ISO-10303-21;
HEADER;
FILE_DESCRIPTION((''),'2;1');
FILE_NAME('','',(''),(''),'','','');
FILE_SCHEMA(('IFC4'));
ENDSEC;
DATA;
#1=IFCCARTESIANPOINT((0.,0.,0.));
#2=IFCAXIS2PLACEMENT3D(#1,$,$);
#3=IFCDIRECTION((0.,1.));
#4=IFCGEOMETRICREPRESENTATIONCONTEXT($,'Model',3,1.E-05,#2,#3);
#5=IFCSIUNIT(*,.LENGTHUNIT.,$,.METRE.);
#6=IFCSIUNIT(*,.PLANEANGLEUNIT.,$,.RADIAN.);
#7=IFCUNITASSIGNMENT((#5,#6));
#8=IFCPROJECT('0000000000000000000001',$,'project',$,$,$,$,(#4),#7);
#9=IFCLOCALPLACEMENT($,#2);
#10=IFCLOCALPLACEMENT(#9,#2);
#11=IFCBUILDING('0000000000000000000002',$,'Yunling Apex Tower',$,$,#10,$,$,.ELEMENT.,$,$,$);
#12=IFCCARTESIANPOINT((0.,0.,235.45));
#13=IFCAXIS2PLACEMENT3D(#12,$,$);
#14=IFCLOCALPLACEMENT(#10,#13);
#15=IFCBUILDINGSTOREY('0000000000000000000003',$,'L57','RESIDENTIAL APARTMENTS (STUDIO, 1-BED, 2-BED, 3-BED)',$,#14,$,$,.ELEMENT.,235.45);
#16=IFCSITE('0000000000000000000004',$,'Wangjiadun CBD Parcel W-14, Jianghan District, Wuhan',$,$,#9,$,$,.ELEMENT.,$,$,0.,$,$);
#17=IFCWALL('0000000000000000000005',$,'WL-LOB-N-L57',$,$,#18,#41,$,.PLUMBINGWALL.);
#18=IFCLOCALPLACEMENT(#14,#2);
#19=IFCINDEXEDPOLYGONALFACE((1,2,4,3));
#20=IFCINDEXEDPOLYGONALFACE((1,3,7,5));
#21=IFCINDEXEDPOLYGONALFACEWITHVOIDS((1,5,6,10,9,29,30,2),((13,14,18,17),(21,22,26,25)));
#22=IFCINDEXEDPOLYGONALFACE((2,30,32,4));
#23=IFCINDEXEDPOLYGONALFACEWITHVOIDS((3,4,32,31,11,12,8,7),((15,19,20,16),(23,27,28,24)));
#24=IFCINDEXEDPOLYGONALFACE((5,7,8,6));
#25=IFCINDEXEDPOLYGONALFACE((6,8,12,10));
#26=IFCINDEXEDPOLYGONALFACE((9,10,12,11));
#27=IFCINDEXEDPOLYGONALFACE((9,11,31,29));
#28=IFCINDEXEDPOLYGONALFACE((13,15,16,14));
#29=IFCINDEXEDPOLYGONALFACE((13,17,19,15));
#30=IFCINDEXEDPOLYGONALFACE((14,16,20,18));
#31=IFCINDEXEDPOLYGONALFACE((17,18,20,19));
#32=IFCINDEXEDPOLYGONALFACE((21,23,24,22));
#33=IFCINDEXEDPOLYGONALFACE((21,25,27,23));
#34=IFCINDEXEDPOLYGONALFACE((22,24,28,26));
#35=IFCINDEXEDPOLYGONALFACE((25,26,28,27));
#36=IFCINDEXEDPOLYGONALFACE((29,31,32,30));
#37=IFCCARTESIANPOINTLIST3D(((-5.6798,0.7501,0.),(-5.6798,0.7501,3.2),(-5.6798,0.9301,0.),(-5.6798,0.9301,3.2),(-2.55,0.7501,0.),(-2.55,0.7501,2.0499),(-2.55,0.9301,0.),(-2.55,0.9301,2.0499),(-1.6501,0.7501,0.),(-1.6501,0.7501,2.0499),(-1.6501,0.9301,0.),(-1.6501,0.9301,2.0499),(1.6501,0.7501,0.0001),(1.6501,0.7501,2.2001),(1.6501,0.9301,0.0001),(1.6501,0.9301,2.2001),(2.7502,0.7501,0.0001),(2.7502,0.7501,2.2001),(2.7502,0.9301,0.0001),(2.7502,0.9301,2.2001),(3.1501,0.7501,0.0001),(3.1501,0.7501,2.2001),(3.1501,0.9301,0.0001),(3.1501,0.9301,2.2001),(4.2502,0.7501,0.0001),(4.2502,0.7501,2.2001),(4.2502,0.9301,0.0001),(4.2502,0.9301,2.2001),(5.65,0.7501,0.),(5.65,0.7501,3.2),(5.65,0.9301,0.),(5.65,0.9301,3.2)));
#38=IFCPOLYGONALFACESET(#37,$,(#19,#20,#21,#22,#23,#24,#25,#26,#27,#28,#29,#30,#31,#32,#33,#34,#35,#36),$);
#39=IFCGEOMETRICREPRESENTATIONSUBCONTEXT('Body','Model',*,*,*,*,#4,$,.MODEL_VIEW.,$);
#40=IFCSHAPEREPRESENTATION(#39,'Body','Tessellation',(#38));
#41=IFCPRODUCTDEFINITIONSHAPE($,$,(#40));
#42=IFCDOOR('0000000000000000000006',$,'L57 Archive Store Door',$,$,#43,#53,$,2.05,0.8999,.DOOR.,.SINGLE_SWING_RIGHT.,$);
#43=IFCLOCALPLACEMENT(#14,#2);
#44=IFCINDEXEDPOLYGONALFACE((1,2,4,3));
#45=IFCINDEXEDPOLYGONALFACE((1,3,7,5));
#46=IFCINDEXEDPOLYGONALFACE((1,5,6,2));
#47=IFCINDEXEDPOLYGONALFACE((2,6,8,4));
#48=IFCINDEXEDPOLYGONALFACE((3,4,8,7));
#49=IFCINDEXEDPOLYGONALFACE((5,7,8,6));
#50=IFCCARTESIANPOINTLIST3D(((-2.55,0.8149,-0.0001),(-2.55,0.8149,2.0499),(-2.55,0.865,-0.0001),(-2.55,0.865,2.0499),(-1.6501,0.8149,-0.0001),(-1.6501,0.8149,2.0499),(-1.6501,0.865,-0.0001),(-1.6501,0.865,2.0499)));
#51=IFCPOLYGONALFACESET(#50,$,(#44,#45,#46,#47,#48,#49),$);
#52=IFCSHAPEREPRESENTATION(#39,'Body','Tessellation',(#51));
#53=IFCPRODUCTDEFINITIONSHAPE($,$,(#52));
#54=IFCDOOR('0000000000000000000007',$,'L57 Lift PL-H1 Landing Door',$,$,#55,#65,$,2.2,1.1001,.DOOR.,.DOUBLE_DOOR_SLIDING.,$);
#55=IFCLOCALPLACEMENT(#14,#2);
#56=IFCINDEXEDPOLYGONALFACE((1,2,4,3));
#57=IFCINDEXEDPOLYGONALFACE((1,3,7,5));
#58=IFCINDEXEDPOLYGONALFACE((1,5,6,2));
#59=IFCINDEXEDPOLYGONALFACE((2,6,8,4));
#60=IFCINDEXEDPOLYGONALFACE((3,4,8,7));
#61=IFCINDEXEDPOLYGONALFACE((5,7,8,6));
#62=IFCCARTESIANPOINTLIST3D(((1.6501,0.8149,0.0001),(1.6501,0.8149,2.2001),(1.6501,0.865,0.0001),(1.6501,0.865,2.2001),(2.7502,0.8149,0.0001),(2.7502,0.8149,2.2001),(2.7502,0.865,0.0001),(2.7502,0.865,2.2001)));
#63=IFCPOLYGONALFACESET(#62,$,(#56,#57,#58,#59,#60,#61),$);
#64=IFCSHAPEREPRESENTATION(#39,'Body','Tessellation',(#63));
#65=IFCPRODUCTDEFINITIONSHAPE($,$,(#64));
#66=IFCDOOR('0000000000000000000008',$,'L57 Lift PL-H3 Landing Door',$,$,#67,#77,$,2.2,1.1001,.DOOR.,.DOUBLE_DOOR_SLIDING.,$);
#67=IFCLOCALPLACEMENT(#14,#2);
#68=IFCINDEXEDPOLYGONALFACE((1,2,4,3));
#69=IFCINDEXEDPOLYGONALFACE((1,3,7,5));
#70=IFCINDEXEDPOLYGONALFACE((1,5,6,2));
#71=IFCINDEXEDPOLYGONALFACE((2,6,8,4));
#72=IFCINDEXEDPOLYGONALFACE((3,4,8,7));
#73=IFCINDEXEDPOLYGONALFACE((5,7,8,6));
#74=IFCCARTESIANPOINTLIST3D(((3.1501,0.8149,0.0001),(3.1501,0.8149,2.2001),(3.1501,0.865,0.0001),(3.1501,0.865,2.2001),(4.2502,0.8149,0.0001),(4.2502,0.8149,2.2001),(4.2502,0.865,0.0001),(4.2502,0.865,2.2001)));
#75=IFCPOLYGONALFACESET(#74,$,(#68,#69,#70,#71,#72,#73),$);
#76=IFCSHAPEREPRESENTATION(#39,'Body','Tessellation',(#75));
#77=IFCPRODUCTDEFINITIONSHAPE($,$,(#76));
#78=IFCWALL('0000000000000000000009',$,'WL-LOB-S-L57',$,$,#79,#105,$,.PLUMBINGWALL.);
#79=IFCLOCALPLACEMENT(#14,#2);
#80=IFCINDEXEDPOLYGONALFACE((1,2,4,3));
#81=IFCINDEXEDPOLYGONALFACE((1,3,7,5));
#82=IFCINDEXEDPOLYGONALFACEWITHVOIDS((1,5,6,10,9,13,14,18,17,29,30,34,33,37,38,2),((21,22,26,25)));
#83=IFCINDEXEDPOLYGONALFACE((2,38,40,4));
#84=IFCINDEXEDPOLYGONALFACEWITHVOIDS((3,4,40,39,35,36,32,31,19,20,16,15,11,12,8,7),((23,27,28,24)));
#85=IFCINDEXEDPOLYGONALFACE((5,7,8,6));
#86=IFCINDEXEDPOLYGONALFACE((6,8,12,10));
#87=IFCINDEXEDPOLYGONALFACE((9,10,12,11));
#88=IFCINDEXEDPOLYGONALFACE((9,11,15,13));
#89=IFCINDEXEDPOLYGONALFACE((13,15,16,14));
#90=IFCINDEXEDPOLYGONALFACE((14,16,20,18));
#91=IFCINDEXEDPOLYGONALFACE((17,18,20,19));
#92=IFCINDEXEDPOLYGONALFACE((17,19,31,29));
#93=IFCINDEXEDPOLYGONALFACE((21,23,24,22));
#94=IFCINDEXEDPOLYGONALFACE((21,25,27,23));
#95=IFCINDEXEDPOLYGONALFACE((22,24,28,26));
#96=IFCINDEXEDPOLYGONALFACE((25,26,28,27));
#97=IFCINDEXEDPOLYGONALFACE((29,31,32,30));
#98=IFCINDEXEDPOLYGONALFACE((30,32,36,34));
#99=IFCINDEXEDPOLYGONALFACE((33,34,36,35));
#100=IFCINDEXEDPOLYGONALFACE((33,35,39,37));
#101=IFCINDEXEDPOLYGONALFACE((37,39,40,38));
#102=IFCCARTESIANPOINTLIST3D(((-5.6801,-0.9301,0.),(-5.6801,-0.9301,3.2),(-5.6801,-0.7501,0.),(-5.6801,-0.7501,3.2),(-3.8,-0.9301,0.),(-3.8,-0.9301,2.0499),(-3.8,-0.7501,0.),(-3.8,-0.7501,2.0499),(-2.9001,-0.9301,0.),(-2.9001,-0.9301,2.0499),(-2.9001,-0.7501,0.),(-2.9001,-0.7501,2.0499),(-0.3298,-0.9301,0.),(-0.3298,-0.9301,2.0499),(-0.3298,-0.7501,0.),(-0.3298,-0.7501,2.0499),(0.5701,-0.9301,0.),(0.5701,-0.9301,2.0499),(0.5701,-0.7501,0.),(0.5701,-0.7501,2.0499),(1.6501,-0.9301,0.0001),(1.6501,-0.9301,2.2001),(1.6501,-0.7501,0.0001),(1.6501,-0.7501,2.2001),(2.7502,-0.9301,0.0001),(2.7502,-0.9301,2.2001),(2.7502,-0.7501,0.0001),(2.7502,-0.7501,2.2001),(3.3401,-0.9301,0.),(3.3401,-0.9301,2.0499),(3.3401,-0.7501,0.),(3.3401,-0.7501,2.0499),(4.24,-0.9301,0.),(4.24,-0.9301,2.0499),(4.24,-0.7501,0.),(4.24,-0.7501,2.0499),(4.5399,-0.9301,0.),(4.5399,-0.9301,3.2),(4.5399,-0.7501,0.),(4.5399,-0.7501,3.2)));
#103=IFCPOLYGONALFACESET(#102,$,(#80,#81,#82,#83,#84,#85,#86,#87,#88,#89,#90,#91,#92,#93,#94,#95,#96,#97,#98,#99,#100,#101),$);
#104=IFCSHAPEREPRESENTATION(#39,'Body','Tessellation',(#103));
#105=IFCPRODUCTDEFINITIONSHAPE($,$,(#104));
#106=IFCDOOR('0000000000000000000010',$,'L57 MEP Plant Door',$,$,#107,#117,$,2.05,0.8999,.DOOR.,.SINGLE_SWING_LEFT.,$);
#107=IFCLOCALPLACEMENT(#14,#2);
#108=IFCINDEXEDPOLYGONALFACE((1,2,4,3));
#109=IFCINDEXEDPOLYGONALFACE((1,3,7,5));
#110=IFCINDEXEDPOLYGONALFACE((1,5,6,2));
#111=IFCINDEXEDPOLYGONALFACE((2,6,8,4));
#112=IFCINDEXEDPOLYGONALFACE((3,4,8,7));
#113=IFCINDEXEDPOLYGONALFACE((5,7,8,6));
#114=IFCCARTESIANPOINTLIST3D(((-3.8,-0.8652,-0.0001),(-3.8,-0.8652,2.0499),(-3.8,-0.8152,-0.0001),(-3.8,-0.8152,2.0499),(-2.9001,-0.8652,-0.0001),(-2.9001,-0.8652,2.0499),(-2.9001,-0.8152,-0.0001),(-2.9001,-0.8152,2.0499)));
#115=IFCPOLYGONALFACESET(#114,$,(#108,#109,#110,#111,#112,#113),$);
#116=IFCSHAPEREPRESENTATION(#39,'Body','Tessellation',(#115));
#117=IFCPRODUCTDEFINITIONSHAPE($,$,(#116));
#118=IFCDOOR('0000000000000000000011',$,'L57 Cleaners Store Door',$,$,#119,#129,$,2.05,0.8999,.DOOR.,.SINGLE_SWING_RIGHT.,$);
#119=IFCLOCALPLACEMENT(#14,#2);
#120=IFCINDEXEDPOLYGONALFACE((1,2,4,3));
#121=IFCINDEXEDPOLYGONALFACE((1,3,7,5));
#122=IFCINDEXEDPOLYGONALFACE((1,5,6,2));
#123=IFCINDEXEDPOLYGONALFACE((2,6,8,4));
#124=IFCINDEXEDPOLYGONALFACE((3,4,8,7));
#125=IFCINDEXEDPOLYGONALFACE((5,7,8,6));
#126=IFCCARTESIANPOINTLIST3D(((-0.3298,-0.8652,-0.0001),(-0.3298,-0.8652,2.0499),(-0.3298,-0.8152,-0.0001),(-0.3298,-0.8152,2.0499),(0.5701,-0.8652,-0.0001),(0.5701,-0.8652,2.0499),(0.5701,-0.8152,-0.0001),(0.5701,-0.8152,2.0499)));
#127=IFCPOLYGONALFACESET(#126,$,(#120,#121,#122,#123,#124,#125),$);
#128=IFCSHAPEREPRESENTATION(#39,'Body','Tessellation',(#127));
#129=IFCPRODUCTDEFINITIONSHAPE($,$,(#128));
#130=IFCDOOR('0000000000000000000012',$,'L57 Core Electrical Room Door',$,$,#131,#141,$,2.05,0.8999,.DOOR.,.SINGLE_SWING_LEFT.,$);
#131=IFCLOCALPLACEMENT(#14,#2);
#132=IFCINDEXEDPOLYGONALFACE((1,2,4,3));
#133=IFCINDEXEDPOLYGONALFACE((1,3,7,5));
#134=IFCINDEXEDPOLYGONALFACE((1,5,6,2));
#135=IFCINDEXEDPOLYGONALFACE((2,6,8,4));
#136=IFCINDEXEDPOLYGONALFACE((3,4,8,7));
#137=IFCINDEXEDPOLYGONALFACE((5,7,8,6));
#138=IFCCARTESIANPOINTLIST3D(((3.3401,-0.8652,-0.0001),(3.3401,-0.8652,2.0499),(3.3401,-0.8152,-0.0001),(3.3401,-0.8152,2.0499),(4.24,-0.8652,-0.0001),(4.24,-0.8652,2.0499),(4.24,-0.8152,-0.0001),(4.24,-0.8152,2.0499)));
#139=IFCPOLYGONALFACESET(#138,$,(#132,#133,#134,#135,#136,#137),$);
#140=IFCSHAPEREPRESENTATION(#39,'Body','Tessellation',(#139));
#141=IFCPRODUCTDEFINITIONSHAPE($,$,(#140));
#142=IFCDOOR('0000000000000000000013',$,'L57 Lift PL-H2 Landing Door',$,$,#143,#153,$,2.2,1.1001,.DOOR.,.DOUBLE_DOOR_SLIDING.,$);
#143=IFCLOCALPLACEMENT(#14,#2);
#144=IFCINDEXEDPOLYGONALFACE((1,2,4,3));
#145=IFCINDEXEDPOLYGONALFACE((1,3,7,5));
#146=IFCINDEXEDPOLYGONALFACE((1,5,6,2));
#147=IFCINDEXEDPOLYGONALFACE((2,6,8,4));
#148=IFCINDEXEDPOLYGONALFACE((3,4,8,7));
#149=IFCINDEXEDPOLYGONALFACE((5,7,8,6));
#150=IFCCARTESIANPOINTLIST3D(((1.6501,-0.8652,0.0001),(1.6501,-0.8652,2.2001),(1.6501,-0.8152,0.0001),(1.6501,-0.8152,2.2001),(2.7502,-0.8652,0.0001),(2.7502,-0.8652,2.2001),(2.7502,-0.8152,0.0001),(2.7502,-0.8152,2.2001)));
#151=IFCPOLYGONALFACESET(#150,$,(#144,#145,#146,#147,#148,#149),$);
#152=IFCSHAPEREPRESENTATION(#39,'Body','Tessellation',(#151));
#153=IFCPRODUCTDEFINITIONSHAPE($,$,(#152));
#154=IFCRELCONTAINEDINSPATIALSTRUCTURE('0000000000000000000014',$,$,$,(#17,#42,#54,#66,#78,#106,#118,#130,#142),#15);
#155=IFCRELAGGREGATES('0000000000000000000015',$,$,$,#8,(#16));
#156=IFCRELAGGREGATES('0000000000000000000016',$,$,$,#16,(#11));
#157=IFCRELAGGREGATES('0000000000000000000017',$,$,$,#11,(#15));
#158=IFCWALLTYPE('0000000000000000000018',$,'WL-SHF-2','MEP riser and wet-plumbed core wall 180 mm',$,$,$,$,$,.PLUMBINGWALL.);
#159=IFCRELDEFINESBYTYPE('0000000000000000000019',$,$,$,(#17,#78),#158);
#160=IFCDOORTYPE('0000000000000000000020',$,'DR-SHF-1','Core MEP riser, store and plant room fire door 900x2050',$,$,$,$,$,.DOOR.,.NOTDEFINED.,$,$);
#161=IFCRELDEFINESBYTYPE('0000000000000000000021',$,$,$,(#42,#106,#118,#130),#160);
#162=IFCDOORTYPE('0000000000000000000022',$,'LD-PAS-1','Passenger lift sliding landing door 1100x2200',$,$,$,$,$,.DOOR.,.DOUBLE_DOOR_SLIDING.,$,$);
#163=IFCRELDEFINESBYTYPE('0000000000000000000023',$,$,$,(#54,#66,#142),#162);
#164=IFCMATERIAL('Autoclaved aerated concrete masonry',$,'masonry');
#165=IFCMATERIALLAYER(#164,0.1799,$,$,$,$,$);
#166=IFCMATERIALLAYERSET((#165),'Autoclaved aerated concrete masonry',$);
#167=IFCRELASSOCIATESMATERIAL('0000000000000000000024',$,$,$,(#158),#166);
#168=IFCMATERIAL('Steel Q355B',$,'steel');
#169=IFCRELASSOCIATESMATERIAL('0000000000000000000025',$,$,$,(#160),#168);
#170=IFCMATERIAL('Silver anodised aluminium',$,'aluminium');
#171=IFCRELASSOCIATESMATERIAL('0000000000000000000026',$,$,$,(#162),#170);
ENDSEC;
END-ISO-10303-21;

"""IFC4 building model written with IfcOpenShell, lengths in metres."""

from ifc_helpers import new_model, si_unit, direction, frame, frame_2d, origin, place, context, subcontext, project, spatial, rectangle, extrude, material, layer, layer_set, type_object, element, fill, save


model = new_model("IFC4")

# Units and contexts
model_context = context("Model", 3, precision=1e-05, world=origin(), true_north=direction((0.0, 1.0)))
body_context = subcontext(model_context, "Body", "Model", "MODEL_VIEW")
ifc_project = project(units=[si_unit("LENGTHUNIT", "METRE"), si_unit("PLANEANGLEUNIT", "RADIAN")], contexts=[model_context])

# Site, building, storey
site_placement = place(None, origin())
site = spatial("IfcSite", under=ifc_project, at=site_placement, Name="Wangjiadun CBD Parcel W-14, Jianghan District, Wuhan", CompositionType="ELEMENT", RefElevation=0.0)
building_placement = place(site_placement, origin())
building = spatial("IfcBuilding", under=site, at=building_placement, Name="Yunling Apex Tower", CompositionType="ELEMENT")
storey_placement = place(building_placement, frame((0.0, 0.0, 235.45)))
storey = spatial("IfcBuildingStorey", under=building, at=storey_placement, Name="L57", Description="RESIDENTIAL APARTMENTS (STUDIO, 1-BED, 2-BED, 3-BED)", CompositionType="ELEMENT", Elevation=235.45)

# Shared definitions
ifc_material_1 = material(Name="Steel Q355B", Category="steel")

# Shared definitions
ifc_material_2 = material(Name="Autoclaved aerated concrete masonry", Category="masonry")

# Walls, openings, doors
ifc_layer_1 = layer(ifc_material_2, 0.1799)
ifc_layer_set_1 = layer_set([ifc_layer_1], Name="Autoclaved aerated concrete masonry")
wall_type_1 = type_object("IfcWallType", Name="WL-SHF-2", Description="MEP riser and wet-plumbed core wall 180 mm", PredefinedType="PLUMBINGWALL", material=ifc_layer_set_1)
wall_1_placement = place(storey_placement, frame((-5.6799, 0.8401, 0.0), z_axis=(0.0, 0.0, 1.0), x_axis=(1.0, 0.0, 0.0)))
wall_1 = element("IfcWall", 1, at=wall_1_placement, inside=storey, type_object=wall_type_1, Name="WL-LOB-N-L57", PredefinedType="PLUMBINGWALL", context=body_context, shape_type="SweptSolid", body=[
    extrude(rectangle(XDim=11.3298, YDim=0.1799, at=frame_2d((5.665, 0.0))), origin(), (0.0, 0.0, 1.0), 3.2),
])
opening_1_placement = place(wall_1_placement, frame((3.1299, 0.0, 0.0)))
opening_1 = element("IfcOpeningElement", 2, at=opening_1_placement, cuts=wall_1, PredefinedType="OPENING", context=body_context, shape_type="SweptSolid", body=[
    extrude(rectangle(XDim=0.8999, YDim=2.05, at=frame_2d((0.45, 1.0249))), frame((0.0, 0.1001, 0.0), z_axis=(0.0, -1.0, 0.0), x_axis=(1.0, 0.0, 0.0)), (0.0, 0.0, 1.0), 0.2),
])
opening_2_placement = place(wall_1_placement, frame((7.3301, 0.0, 0.0)))
opening_2 = element("IfcOpeningElement", 3, at=opening_2_placement, cuts=wall_1, PredefinedType="OPENING", context=body_context, shape_type="SweptSolid", body=[
    extrude(rectangle(XDim=1.1001, YDim=2.2, at=frame_2d((0.55, 1.1001))), frame((0.0, 0.1001, 0.0), z_axis=(0.0, -1.0, 0.0), x_axis=(1.0, 0.0, 0.0)), (0.0, 0.0, 1.0), 0.2),
])
opening_3_placement = place(wall_1_placement, frame((8.8301, 0.0, 0.0)))
opening_3 = element("IfcOpeningElement", 4, at=opening_3_placement, cuts=wall_1, PredefinedType="OPENING", context=body_context, shape_type="SweptSolid", body=[
    extrude(rectangle(XDim=1.1001, YDim=2.2, at=frame_2d((0.55, 1.1001))), frame((0.0, 0.1001, 0.0), z_axis=(0.0, -1.0, 0.0), x_axis=(1.0, 0.0, 0.0)), (0.0, 0.0, 1.0), 0.2),
])
door_type_1 = type_object("IfcDoorType", Name="DR-SHF-1", Description="Core MEP riser, store and plant room fire door 900x2050", OperationType="NOTDEFINED", PredefinedType="DOOR", material=ifc_material_1)
door_1_placement = place(opening_1_placement, origin())
door_1 = element("IfcDoor", 5, at=door_1_placement, inside=storey, type_object=door_type_1, Name="L57 Archive Store Door", OperationType="SINGLE_SWING_RIGHT", OverallHeight=2.05, OverallWidth=0.8999, PredefinedType="DOOR", context=body_context, shape_type="SweptSolid", body=[
    extrude(rectangle(XDim=0.8999, YDim=2.05, at=frame_2d((0.45, 1.0249))), frame((0.0, 0.0249, 0.0), z_axis=(0.0, -1.0, 0.0), x_axis=(1.0, 0.0, 0.0)), (0.0, 0.0, 1.0), 0.05),
])
fill(opening_1, door_1)
ifc_material_3 = material(Name="Silver anodised aluminium", Category="aluminium")
door_type_2 = type_object("IfcDoorType", Name="LD-PAS-1", Description="Passenger lift sliding landing door 1100x2200", OperationType="DOUBLE_DOOR_SLIDING", PredefinedType="DOOR", material=ifc_material_3)
door_2_placement = place(opening_2_placement, origin())
door_2 = element("IfcDoor", 6, at=door_2_placement, inside=storey, type_object=door_type_2, Name="L57 Lift PL-H1 Landing Door", OperationType="DOUBLE_DOOR_SLIDING", OverallHeight=2.2, OverallWidth=1.1001, PredefinedType="DOOR", context=body_context, shape_type="SweptSolid", body=[
    extrude(rectangle(XDim=1.1001, YDim=2.2, at=frame_2d((0.55, 1.1001))), frame((0.0, 0.0249, 0.0), z_axis=(0.0, -1.0, 0.0), x_axis=(1.0, 0.0, 0.0)), (0.0, 0.0, 1.0), 0.05),
])
fill(opening_2, door_2)
door_3_placement = place(opening_3_placement, origin())
door_3 = element("IfcDoor", 7, at=door_3_placement, inside=storey, type_object=door_type_2, Name="L57 Lift PL-H3 Landing Door", OperationType="DOUBLE_DOOR_SLIDING", OverallHeight=2.2, OverallWidth=1.1001, PredefinedType="DOOR", context=body_context, shape_type="SweptSolid", body=[
    extrude(rectangle(XDim=1.1001, YDim=2.2, at=frame_2d((0.55, 1.1001))), frame((0.0, 0.0249, 0.0), z_axis=(0.0, -1.0, 0.0), x_axis=(1.0, 0.0, 0.0)), (0.0, 0.0, 1.0), 0.05),
])
fill(opening_3, door_3)
wall_2_placement = place(storey_placement, frame((-5.6799, -0.8401, 0.0), z_axis=(0.0, 0.0, 1.0), x_axis=(1.0, 0.0, 0.0)))
wall_2 = element("IfcWall", 8, at=wall_2_placement, inside=storey, type_object=wall_type_1, Name="WL-LOB-S-L57", PredefinedType="PLUMBINGWALL", context=body_context, shape_type="SweptSolid", body=[
    extrude(rectangle(XDim=10.22, YDim=0.1799, at=frame_2d((5.1099, 0.0))), origin(), (0.0, 0.0, 1.0), 3.2),
])
opening_4_placement = place(wall_2_placement, frame((1.8799, 0.0, 0.0)))
opening_4 = element("IfcOpeningElement", 9, at=opening_4_placement, cuts=wall_2, PredefinedType="OPENING", context=body_context, shape_type="SweptSolid", body=[
    extrude(rectangle(XDim=0.8999, YDim=2.05, at=frame_2d((0.45, 1.0249))), frame((0.0, 0.1001, 0.0), z_axis=(0.0, -1.0, 0.0), x_axis=(1.0, 0.0, 0.0)), (0.0, 0.0, 1.0), 0.2),
])
opening_5_placement = place(wall_2_placement, frame((5.3501, 0.0, 0.0)))
opening_5 = element("IfcOpeningElement", 10, at=opening_5_placement, cuts=wall_2, PredefinedType="OPENING", context=body_context, shape_type="SweptSolid", body=[
    extrude(rectangle(XDim=0.8999, YDim=2.05, at=frame_2d((0.45, 1.0249))), frame((0.0, 0.1001, 0.0), z_axis=(0.0, -1.0, 0.0), x_axis=(1.0, 0.0, 0.0)), (0.0, 0.0, 1.0), 0.2),
])
opening_6_placement = place(wall_2_placement, frame((7.3301, 0.0, 0.0)))
opening_6 = element("IfcOpeningElement", 11, at=opening_6_placement, cuts=wall_2, PredefinedType="OPENING", context=body_context, shape_type="SweptSolid", body=[
    extrude(rectangle(XDim=1.1001, YDim=2.2, at=frame_2d((0.55, 1.1001))), frame((0.0, 0.1001, 0.0), z_axis=(0.0, -1.0, 0.0), x_axis=(1.0, 0.0, 0.0)), (0.0, 0.0, 1.0), 0.2),
])
opening_7_placement = place(wall_2_placement, frame((9.02, 0.0, 0.0)))
opening_7 = element("IfcOpeningElement", 12, at=opening_7_placement, cuts=wall_2, PredefinedType="OPENING", context=body_context, shape_type="SweptSolid", body=[
    extrude(rectangle(XDim=0.8999, YDim=2.05, at=frame_2d((0.45, 1.0249))), frame((0.0, 0.1001, 0.0), z_axis=(0.0, -1.0, 0.0), x_axis=(1.0, 0.0, 0.0)), (0.0, 0.0, 1.0), 0.2),
])
door_4_placement = place(opening_4_placement, origin())
door_4 = element("IfcDoor", 13, at=door_4_placement, inside=storey, type_object=door_type_1, Name="L57 MEP Plant Door", OperationType="SINGLE_SWING_LEFT", OverallHeight=2.05, OverallWidth=0.8999, PredefinedType="DOOR", context=body_context, shape_type="SweptSolid", body=[
    extrude(rectangle(XDim=0.8999, YDim=2.05, at=frame_2d((0.45, 1.0249))), frame((0.0, 0.0249, 0.0), z_axis=(0.0, -1.0, 0.0), x_axis=(1.0, 0.0, 0.0)), (0.0, 0.0, 1.0), 0.05),
])
fill(opening_4, door_4)
door_5_placement = place(opening_5_placement, origin())
door_5 = element("IfcDoor", 14, at=door_5_placement, inside=storey, type_object=door_type_1, Name="L57 Cleaners Store Door", OperationType="SINGLE_SWING_RIGHT", OverallHeight=2.05, OverallWidth=0.8999, PredefinedType="DOOR", context=body_context, shape_type="SweptSolid", body=[
    extrude(rectangle(XDim=0.8999, YDim=2.05, at=frame_2d((0.45, 1.0249))), frame((0.0, 0.0249, 0.0), z_axis=(0.0, -1.0, 0.0), x_axis=(1.0, 0.0, 0.0)), (0.0, 0.0, 1.0), 0.05),
])
fill(opening_5, door_5)
door_6_placement = place(opening_7_placement, origin())
door_6 = element("IfcDoor", 15, at=door_6_placement, inside=storey, type_object=door_type_1, Name="L57 Core Electrical Room Door", OperationType="SINGLE_SWING_LEFT", OverallHeight=2.05, OverallWidth=0.8999, PredefinedType="DOOR", context=body_context, shape_type="SweptSolid", body=[
    extrude(rectangle(XDim=0.8999, YDim=2.05, at=frame_2d((0.45, 1.0249))), frame((0.0, 0.0249, 0.0), z_axis=(0.0, -1.0, 0.0), x_axis=(1.0, 0.0, 0.0)), (0.0, 0.0, 1.0), 0.05),
])
fill(opening_7, door_6)
door_7_placement = place(opening_6_placement, origin())
door_7 = element("IfcDoor", 16, at=door_7_placement, inside=storey, type_object=door_type_2, Name="L57 Lift PL-H2 Landing Door", OperationType="DOUBLE_DOOR_SLIDING", OverallHeight=2.2, OverallWidth=1.1001, PredefinedType="DOOR", context=body_context, shape_type="SweptSolid", body=[
    extrude(rectangle(XDim=1.1001, YDim=2.2, at=frame_2d((0.55, 1.1001))), frame((0.0, 0.0249, 0.0), z_axis=(0.0, -1.0, 0.0), x_axis=(1.0, 0.0, 0.0)), (0.0, 0.0, 1.0), 0.05),
])
fill(opening_6, door_7)

save(model, "model.ifc")
